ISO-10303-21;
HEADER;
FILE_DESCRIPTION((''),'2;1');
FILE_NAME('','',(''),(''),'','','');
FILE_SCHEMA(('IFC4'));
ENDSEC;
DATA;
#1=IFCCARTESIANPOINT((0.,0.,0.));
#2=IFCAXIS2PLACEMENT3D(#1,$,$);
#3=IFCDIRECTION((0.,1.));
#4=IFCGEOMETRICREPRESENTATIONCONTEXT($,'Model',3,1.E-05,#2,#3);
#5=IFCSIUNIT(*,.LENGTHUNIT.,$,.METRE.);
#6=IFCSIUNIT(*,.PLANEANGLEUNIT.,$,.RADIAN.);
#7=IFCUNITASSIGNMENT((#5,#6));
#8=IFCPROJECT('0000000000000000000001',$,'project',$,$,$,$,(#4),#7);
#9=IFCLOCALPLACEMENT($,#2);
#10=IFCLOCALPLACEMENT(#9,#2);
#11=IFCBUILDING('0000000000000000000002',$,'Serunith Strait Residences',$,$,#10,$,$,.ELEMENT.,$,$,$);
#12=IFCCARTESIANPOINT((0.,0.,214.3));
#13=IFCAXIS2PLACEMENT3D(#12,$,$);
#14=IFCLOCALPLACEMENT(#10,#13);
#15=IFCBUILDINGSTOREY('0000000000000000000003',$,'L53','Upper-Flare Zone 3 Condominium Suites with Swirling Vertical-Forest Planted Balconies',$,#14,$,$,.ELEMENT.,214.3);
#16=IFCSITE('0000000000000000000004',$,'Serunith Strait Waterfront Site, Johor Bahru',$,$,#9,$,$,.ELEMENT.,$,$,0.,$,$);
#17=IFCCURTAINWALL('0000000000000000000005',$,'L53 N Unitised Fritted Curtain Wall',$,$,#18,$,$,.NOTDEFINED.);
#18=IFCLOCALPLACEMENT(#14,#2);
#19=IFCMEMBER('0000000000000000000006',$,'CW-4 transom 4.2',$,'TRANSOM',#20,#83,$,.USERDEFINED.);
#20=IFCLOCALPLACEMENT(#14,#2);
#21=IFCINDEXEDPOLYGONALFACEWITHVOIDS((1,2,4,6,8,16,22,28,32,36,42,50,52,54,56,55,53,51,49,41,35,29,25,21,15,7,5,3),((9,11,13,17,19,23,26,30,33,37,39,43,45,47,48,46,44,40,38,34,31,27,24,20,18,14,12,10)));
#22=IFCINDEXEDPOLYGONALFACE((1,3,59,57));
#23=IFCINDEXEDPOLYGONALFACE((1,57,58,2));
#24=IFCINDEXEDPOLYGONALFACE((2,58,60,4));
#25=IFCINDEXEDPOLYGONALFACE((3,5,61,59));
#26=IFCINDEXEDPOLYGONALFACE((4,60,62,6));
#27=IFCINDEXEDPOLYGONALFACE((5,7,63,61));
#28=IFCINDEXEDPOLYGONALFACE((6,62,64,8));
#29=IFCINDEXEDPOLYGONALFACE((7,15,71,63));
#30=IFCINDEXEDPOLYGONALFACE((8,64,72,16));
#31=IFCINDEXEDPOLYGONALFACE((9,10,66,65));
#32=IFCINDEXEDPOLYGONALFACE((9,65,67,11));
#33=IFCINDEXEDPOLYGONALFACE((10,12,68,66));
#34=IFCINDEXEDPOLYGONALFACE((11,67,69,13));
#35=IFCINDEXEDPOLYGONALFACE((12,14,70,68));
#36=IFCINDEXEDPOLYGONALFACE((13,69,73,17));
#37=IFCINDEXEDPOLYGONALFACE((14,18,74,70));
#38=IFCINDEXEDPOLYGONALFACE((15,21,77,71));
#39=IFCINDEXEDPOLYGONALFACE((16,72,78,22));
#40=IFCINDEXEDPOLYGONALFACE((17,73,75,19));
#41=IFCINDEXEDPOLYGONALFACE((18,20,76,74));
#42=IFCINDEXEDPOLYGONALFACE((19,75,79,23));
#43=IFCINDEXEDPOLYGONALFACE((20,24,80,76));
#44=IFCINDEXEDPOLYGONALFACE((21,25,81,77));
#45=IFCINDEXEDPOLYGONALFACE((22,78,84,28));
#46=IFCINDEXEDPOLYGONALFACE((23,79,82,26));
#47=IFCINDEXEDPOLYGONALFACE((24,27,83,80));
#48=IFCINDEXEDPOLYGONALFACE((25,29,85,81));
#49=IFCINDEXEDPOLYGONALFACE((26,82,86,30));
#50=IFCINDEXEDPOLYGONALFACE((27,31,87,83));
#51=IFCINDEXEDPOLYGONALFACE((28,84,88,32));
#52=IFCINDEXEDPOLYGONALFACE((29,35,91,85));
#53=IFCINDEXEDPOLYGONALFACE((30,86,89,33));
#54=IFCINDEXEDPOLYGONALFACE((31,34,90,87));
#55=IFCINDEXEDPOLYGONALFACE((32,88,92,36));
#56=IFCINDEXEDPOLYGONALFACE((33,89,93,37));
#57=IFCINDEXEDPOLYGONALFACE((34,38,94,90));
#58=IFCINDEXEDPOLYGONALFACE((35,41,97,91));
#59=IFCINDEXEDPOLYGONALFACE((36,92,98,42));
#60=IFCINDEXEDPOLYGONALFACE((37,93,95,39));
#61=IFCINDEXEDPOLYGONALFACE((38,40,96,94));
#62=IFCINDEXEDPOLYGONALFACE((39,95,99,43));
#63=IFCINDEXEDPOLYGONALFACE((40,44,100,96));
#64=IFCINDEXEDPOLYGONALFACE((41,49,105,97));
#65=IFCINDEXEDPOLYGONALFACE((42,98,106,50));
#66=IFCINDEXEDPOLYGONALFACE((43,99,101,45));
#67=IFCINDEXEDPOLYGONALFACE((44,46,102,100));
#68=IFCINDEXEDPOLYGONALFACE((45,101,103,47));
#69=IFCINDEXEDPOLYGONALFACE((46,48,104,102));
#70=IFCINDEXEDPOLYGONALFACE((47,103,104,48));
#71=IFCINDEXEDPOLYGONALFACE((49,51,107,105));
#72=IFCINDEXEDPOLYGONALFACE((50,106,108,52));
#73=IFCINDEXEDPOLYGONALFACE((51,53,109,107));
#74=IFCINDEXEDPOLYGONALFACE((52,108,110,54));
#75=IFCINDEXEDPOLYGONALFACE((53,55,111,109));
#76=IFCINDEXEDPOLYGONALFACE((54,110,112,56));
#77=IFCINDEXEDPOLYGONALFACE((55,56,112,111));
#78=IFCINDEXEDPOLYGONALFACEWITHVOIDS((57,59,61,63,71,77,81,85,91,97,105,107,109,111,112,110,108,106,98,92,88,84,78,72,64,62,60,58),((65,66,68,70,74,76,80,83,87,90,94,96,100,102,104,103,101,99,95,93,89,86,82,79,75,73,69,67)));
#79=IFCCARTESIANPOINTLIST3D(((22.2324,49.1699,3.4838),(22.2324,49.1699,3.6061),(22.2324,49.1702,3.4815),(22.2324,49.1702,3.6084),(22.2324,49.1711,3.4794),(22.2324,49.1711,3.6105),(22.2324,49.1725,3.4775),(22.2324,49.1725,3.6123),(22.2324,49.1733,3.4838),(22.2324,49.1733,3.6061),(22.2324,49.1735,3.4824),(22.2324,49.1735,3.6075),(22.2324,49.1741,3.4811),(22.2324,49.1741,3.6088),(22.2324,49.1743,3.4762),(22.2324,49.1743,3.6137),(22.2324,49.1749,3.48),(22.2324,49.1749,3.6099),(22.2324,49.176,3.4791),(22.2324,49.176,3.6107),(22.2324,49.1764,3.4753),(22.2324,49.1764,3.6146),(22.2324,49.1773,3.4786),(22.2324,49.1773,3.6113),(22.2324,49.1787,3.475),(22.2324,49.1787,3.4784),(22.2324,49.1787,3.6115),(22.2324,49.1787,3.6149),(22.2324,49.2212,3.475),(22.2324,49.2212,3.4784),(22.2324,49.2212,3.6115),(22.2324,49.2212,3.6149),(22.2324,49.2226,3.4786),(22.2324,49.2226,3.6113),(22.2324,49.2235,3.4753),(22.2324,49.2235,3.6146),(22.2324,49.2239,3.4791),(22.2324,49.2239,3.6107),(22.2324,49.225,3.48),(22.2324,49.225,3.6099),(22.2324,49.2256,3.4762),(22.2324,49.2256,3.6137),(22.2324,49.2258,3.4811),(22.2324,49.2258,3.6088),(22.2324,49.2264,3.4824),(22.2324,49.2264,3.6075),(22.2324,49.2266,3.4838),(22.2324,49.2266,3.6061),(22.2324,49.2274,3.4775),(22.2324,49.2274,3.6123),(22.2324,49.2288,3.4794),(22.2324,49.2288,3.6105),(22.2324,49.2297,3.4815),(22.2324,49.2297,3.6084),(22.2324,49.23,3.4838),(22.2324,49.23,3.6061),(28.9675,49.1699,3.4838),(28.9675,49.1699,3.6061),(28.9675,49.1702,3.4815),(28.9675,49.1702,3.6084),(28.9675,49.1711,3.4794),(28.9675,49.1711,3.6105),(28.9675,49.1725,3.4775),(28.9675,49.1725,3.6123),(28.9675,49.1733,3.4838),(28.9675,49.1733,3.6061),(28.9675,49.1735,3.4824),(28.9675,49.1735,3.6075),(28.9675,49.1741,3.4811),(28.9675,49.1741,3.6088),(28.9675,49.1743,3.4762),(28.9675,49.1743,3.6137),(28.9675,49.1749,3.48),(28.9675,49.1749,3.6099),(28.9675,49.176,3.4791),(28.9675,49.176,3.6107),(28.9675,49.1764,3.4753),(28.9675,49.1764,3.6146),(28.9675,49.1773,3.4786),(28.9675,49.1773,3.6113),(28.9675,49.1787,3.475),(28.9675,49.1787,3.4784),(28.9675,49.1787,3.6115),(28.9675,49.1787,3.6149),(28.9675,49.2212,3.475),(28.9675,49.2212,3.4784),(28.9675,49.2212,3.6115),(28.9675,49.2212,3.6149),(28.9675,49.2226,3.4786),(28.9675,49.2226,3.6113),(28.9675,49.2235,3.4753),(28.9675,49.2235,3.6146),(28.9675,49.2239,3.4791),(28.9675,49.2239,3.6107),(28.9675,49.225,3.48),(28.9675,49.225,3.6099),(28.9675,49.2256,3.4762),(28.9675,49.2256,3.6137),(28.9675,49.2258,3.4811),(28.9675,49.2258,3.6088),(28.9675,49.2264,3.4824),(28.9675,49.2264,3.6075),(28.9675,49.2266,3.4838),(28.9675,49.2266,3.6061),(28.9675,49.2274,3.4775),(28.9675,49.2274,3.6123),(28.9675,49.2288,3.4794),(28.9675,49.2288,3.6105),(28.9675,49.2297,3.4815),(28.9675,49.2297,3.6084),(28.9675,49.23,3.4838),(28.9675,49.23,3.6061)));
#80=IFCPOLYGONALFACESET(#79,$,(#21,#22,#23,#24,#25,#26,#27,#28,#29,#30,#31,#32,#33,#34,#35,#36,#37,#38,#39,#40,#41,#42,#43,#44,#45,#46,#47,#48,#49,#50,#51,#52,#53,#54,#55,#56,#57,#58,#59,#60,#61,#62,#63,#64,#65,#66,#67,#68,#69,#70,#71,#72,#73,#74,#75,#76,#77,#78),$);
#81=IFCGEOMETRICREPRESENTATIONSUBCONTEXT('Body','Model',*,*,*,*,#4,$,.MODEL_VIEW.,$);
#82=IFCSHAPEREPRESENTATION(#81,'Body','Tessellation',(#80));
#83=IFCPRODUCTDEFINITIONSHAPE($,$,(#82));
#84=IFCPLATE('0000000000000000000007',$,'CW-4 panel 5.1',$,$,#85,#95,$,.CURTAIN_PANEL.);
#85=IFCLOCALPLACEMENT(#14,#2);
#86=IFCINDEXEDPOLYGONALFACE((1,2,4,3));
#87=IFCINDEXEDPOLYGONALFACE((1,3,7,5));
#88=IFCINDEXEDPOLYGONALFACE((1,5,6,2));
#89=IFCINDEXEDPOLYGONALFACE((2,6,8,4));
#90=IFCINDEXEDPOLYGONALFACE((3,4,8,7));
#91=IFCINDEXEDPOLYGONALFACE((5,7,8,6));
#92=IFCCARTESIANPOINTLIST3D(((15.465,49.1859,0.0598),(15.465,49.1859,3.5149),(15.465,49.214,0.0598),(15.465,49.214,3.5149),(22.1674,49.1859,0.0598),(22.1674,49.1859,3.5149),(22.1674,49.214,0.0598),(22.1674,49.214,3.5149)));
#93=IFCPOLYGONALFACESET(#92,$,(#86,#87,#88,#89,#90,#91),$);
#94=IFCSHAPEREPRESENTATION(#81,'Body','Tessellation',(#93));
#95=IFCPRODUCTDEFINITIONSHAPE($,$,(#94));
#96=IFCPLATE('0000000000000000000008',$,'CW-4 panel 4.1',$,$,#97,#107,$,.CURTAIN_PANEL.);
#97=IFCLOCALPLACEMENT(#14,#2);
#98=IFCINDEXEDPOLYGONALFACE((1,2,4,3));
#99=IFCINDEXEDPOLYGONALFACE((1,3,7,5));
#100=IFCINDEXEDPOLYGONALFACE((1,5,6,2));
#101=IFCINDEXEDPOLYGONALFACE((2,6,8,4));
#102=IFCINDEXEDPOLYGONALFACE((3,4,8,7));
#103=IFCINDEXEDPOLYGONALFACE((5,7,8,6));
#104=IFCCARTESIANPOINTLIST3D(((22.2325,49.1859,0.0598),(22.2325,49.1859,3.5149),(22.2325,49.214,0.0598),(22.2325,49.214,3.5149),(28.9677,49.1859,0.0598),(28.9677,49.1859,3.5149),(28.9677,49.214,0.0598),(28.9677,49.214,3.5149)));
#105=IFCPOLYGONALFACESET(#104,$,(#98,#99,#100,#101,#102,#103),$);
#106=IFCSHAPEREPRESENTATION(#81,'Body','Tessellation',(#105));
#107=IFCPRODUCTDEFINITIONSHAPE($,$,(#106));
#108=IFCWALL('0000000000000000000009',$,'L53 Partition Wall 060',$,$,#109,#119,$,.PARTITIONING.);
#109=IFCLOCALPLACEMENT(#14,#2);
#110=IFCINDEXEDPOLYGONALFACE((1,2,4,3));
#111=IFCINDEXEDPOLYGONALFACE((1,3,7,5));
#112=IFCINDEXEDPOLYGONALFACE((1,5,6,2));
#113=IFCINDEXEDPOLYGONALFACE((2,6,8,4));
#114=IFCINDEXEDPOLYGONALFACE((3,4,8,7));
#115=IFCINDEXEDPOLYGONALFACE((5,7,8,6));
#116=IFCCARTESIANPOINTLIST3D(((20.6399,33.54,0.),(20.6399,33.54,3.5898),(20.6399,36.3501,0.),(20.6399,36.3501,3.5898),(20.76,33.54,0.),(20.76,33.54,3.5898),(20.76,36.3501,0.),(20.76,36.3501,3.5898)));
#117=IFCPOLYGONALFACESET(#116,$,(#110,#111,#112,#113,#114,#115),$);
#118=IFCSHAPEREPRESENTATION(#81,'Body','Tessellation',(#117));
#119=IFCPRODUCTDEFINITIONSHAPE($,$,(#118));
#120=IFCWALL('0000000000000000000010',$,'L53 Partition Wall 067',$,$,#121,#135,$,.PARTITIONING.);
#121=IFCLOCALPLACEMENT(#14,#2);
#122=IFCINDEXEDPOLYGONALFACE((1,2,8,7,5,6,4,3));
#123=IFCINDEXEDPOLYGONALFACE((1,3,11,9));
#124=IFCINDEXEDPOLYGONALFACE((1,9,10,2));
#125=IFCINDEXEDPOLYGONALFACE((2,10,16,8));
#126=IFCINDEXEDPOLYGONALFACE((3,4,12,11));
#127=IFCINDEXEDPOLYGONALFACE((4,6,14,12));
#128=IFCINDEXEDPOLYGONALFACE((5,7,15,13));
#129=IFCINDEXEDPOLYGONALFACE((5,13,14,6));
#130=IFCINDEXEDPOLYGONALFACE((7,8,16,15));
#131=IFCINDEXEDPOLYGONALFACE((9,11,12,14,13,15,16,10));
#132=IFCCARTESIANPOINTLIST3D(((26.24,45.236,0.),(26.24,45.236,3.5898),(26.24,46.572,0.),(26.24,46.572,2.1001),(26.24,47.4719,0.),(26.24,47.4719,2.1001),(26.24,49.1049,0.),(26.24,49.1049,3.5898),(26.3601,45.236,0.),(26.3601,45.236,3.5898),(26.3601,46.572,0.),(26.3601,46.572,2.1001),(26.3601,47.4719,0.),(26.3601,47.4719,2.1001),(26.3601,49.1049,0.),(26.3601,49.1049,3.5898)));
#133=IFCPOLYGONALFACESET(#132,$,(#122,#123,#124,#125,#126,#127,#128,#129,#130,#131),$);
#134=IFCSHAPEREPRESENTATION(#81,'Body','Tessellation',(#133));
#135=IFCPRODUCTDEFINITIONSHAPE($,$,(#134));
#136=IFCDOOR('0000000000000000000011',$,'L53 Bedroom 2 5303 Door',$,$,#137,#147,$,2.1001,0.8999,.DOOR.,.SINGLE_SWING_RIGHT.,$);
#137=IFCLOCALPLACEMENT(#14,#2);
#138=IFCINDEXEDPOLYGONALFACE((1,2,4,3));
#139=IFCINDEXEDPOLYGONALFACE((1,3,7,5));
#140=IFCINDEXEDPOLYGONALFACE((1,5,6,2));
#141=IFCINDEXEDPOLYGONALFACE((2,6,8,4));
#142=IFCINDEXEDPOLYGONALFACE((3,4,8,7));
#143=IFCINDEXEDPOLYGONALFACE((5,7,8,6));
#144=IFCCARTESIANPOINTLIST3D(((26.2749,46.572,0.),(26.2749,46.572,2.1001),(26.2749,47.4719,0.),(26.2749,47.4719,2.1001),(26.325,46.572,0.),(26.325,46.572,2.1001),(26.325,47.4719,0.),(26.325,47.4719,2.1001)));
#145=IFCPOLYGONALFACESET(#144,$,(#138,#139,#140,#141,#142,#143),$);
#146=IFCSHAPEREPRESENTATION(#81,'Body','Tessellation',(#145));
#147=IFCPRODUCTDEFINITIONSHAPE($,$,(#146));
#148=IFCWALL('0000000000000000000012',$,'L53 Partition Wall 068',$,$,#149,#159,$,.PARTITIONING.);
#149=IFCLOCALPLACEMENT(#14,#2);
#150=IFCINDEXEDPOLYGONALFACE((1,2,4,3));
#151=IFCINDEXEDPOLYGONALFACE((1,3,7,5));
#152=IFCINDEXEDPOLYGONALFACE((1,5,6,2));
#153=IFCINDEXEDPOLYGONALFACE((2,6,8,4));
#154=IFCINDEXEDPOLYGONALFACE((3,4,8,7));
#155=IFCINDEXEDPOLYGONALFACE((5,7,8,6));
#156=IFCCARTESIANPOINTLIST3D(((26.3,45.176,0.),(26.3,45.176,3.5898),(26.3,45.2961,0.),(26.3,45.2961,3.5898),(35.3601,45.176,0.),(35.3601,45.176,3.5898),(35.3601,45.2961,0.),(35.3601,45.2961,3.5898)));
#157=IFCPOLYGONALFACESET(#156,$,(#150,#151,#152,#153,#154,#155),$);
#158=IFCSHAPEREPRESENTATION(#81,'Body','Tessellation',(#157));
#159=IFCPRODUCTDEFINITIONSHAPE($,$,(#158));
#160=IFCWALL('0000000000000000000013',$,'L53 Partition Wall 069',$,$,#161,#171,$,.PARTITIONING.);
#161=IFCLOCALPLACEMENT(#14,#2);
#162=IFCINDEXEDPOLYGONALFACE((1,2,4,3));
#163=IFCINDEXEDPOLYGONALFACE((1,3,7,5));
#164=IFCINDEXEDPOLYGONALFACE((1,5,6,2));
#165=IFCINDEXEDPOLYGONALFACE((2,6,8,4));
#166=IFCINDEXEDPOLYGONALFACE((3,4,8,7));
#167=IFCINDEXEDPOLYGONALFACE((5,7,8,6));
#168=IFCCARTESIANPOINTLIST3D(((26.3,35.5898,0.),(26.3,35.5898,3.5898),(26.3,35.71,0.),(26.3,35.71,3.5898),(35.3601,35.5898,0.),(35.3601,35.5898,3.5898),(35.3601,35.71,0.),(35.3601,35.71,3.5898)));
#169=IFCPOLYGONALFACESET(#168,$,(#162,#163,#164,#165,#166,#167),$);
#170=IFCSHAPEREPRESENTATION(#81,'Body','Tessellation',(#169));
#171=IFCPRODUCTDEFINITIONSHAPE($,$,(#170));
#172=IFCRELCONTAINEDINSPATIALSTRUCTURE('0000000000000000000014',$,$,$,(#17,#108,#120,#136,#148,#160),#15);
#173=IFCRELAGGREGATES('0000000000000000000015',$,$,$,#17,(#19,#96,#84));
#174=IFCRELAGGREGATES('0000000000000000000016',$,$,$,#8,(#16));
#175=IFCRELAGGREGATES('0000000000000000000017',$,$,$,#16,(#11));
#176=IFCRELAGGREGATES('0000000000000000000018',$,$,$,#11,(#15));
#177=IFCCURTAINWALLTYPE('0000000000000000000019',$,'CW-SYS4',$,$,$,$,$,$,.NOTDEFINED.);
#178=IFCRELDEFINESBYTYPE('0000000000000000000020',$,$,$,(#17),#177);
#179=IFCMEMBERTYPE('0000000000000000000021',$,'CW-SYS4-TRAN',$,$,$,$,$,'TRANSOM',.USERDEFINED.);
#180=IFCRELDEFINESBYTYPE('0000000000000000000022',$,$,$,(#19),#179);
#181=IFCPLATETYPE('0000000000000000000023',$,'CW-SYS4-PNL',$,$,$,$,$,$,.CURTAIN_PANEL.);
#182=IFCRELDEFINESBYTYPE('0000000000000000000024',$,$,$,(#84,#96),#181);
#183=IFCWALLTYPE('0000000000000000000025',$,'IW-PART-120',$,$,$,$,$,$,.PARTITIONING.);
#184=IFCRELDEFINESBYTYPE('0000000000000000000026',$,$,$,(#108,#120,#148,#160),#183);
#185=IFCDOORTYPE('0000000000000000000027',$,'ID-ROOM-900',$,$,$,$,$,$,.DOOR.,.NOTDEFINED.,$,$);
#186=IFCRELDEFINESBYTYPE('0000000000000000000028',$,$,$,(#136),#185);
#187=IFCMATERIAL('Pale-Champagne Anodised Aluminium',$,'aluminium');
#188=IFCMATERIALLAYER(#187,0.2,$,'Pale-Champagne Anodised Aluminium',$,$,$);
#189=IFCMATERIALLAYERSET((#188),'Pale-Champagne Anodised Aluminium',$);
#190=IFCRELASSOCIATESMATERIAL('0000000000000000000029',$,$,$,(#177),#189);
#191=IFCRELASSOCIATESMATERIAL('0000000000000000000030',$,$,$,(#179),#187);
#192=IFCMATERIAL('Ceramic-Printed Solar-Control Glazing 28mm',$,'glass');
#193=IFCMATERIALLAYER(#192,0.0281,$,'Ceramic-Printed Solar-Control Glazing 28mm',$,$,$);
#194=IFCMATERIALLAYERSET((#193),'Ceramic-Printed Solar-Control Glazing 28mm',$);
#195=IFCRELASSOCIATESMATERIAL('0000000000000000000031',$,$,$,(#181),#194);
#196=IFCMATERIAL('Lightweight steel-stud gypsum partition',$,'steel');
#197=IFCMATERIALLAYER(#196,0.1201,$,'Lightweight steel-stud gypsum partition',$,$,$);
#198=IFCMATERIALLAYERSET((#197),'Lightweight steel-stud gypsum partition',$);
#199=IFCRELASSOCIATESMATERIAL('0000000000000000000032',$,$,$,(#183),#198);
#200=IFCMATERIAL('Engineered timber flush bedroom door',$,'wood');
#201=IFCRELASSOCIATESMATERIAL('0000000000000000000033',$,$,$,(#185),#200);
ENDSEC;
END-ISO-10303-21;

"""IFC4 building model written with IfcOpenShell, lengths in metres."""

from ifc_helpers import new_model, si_unit, direction, frame, frame_2d, origin, origin_2d, place, context, subcontext, project, spatial, rectangle, hollow_rectangle, extrude, source, transform, mapped, material, layer, layer_set, material_profile, profile_set, type_object, element, fill, aggregate, save


model = new_model("IFC4")

# Units and contexts
model_context = context("Model", 3, precision=1e-05, world=origin(), true_north=direction((0.0, 1.0)))
body_context = subcontext(model_context, "Body", "Model", "MODEL_VIEW")
ifc_project = project(units=[si_unit("LENGTHUNIT", "METRE"), si_unit("PLANEANGLEUNIT", "RADIAN")], contexts=[model_context])

# Site, building, storey
site_placement = place(None, origin())
site = spatial("IfcSite", under=ifc_project, at=site_placement, Name="Serunith Strait Waterfront Site, Johor Bahru", CompositionType="ELEMENT", RefElevation=0.0)
building_placement = place(site_placement, origin())
building = spatial("IfcBuilding", under=site, at=building_placement, Name="Serunith Strait Residences", CompositionType="ELEMENT")
storey_placement = place(building_placement, frame((0.0, 0.0, 214.3)))
storey = spatial("IfcBuildingStorey", under=building, at=storey_placement, Name="L53", Description="Upper-Flare Zone 3 Condominium Suites with Swirling Vertical-Forest Planted Balconies", CompositionType="ELEMENT", Elevation=214.3)

# Curtain wall, member, plates
ifc_material_1 = material(Name="Pale-Champagne Anodised Aluminium", Category="aluminium")
ifc_layer_1 = layer(ifc_material_1, 0.2, Name="Pale-Champagne Anodised Aluminium")
ifc_layer_set_1 = layer_set([ifc_layer_1], Name="Pale-Champagne Anodised Aluminium")
curtain_wall_type = type_object("IfcCurtainWallType", Name="CW-SYS4", PredefinedType="NOTDEFINED", material=ifc_layer_set_1)
curtain_wall_placement = place(storey_placement, origin())
curtain_wall = element("IfcCurtainWall", 1, at=curtain_wall_placement, inside=storey, type_object=curtain_wall_type, Name="L53 N Unitised Fritted Curtain Wall", PredefinedType="NOTDEFINED")
ifc_material_profile_1 = material_profile(ifc_material_1, hollow_rectangle(XDim=0.0601, YDim=0.1399, WallThickness=0.0034, InnerFilletRadius=0.0054, OuterFilletRadius=0.0088, at=origin_2d()), Name="ALU 140x60x3.5")
ifc_profile_set_1 = profile_set([ifc_material_profile_1], Name="Pale-Champagne Anodised Aluminium")
member_type_1 = type_object("IfcMemberType", Name="CW-SYS4-TRAN", ElementType="TRANSOM", PredefinedType="USERDEFINED", material=ifc_profile_set_1)
shared_shape_1 = source(origin(), body_context, "Body", "SweptSolid", [
    extrude(hollow_rectangle(XDim=0.0601, YDim=0.1399, WallThickness=0.0034, InnerFilletRadius=0.0054, OuterFilletRadius=0.0088, at=origin_2d()), origin(), (0.0, 0.0, 1.0), 6.7351),
])
member_1_placement = place(storey_placement, frame((28.9675, 49.2, 3.5449), z_axis=(-1.0, 0.0, 0.0), x_axis=(0.0, -1.0, 0.0)))
member_1 = element("IfcMember", 2, at=member_1_placement, type_object=member_type_1, Name="CW-4 transom 4.2", ObjectType="TRANSOM", PredefinedType="USERDEFINED", context=body_context, shape_type="MappedRepresentation", body=[
    mapped(shared_shape_1, transform((0.0, 0.0, 0.0), scale=1.0)),
])
ifc_material_2 = material(Name="Ceramic-Printed Solar-Control Glazing 28mm", Category="glass")
ifc_layer_2 = layer(ifc_material_2, 0.0281, Name="Ceramic-Printed Solar-Control Glazing 28mm")
ifc_layer_set_2 = layer_set([ifc_layer_2], Name="Ceramic-Printed Solar-Control Glazing 28mm")
plate_type = type_object("IfcPlateType", Name="CW-SYS4-PNL", PredefinedType="CURTAIN_PANEL", material=ifc_layer_set_2)
shared_shape_2 = source(origin(), body_context, "Body", "SweptSolid", [
    extrude(rectangle(XDim=6.7024, YDim=0.0281, at=origin_2d()), origin(), (0.0, 0.0, 1.0), 3.4551),
])
plate_1_placement = place(storey_placement, frame((18.8162, 49.2, 0.0598), z_axis=(0.0, 0.0, 1.0), x_axis=(-1.0, 0.0, 0.0)))
plate_1 = element("IfcPlate", 3, at=plate_1_placement, type_object=plate_type, Name="CW-4 panel 5.1", PredefinedType="CURTAIN_PANEL", context=body_context, shape_type="MappedRepresentation", body=[
    mapped(shared_shape_2, transform((0.0, 0.0, 0.0), scale=1.0)),
])
shared_shape_3 = source(origin(), body_context, "Body", "SweptSolid", [
    extrude(rectangle(XDim=6.7351, YDim=0.0281, at=origin_2d()), origin(), (0.0, 0.0, 1.0), 3.4551),
])
plate_2_placement = place(storey_placement, frame((25.6001, 49.2, 0.0598), z_axis=(0.0, 0.0, 1.0), x_axis=(-1.0, 0.0, 0.0)))
plate_2 = element("IfcPlate", 4, at=plate_2_placement, type_object=plate_type, Name="CW-4 panel 4.1", PredefinedType="CURTAIN_PANEL", context=body_context, shape_type="MappedRepresentation", body=[
    mapped(shared_shape_3, transform((0.0, 0.0, 0.0), scale=1.0)),
])
aggregate(curtain_wall, [member_1, plate_2, plate_1])

# Wall
ifc_material_3 = material(Name="Lightweight steel-stud gypsum partition", Category="steel")
ifc_layer_3 = layer(ifc_material_3, 0.1201, Name="Lightweight steel-stud gypsum partition")
ifc_layer_set_3 = layer_set([ifc_layer_3], Name="Lightweight steel-stud gypsum partition")
wall_type_1 = type_object("IfcWallType", Name="IW-PART-120", PredefinedType="PARTITIONING", material=ifc_layer_set_3)
wall_1_placement = place(storey_placement, frame((20.7, 36.3501, 0.0), z_axis=(0.0, 0.0, 1.0), x_axis=(0.0, -1.0, 0.0)))
element("IfcWall", 5, at=wall_1_placement, inside=storey, type_object=wall_type_1, Name="L53 Partition Wall 060", PredefinedType="PARTITIONING", context=body_context, shape_type="SweptSolid", body=[
    extrude(rectangle(XDim=2.8101, YDim=0.1201, at=frame_2d((1.405, 0.0))), origin(), (0.0, 0.0, 1.0), 3.5898),
])

# Wall, opening, door
wall_2_placement = place(storey_placement, frame((26.3, 49.105, 0.0), z_axis=(0.0, 0.0, 1.0), x_axis=(0.0, -1.0, 0.0)))
wall_2 = element("IfcWall", 6, at=wall_2_placement, inside=storey, type_object=wall_type_1, Name="L53 Partition Wall 067", PredefinedType="PARTITIONING", context=body_context, shape_type="SweptSolid", body=[
    extrude(rectangle(XDim=3.8689, YDim=0.1201, at=frame_2d((1.9346, 0.0))), origin(), (0.0, 0.0, 1.0), 3.5898),
])
opening_1_placement = place(wall_2_placement, frame((1.6331, 0.0, 0.0)))
opening_1 = element("IfcOpeningElement", 7, at=opening_1_placement, cuts=wall_2, PredefinedType="OPENING", context=body_context, shape_type="SweptSolid", body=[
    extrude(rectangle(XDim=0.8999, YDim=2.1001, at=frame_2d((0.45, 1.05))), frame((0.0, 0.0701, 0.0), z_axis=(0.0, -1.0, 0.0), x_axis=(1.0, 0.0, 0.0)), (0.0, 0.0, 1.0), 0.1401),
])
ifc_material_4 = material(Name="Engineered timber flush bedroom door", Category="wood")
door_type_1 = type_object("IfcDoorType", Name="ID-ROOM-900", OperationType="NOTDEFINED", PredefinedType="DOOR", material=ifc_material_4)
shared_shape_4 = source(origin(), body_context, "Body", "SweptSolid", [
    extrude(rectangle(XDim=0.8999, YDim=2.1001, at=frame_2d((0.45, 1.05))), frame((0.0, 0.0249, 0.0), z_axis=(0.0, -1.0, 0.0), x_axis=(1.0, 0.0, 0.0)), (0.0, 0.0, 1.0), 0.05),
])
door_1_placement = place(opening_1_placement, origin())
door_1 = element("IfcDoor", 8, at=door_1_placement, inside=storey, type_object=door_type_1, Name="L53 Bedroom 2 5303 Door", OperationType="SINGLE_SWING_RIGHT", OverallHeight=2.1001, OverallWidth=0.8999, PredefinedType="DOOR", context=body_context, shape_type="MappedRepresentation", body=[
    mapped(shared_shape_4, transform((0.0, 0.0, 0.0), scale=1.0)),
])
fill(opening_1, door_1)

# Walls
for number, where, z_axis, x_axis, name in (
    (9, (26.3, 45.2361, 0.0), (0.0, 0.0, 1.0), (1.0, 0.0, 0.0), "L53 Partition Wall 068"),
    (10, (26.3, 35.6499, 0.0), (0.0, 0.0, 1.0), (1.0, 0.0, 0.0), "L53 Partition Wall 069"),
):
    element("IfcWall", number, at=place(storey_placement, frame(where, z_axis=z_axis, x_axis=x_axis)), inside=storey, type_object=wall_type_1, Name=name, PredefinedType="PARTITIONING", context=body_context, shape_type="SweptSolid", body=[
        extrude(rectangle(XDim=9.0601, YDim=0.1201, at=frame_2d((4.53, 0.0))), origin(), (0.0, 0.0, 1.0), 3.5898),
    ])

save(model, "model.ifc")
